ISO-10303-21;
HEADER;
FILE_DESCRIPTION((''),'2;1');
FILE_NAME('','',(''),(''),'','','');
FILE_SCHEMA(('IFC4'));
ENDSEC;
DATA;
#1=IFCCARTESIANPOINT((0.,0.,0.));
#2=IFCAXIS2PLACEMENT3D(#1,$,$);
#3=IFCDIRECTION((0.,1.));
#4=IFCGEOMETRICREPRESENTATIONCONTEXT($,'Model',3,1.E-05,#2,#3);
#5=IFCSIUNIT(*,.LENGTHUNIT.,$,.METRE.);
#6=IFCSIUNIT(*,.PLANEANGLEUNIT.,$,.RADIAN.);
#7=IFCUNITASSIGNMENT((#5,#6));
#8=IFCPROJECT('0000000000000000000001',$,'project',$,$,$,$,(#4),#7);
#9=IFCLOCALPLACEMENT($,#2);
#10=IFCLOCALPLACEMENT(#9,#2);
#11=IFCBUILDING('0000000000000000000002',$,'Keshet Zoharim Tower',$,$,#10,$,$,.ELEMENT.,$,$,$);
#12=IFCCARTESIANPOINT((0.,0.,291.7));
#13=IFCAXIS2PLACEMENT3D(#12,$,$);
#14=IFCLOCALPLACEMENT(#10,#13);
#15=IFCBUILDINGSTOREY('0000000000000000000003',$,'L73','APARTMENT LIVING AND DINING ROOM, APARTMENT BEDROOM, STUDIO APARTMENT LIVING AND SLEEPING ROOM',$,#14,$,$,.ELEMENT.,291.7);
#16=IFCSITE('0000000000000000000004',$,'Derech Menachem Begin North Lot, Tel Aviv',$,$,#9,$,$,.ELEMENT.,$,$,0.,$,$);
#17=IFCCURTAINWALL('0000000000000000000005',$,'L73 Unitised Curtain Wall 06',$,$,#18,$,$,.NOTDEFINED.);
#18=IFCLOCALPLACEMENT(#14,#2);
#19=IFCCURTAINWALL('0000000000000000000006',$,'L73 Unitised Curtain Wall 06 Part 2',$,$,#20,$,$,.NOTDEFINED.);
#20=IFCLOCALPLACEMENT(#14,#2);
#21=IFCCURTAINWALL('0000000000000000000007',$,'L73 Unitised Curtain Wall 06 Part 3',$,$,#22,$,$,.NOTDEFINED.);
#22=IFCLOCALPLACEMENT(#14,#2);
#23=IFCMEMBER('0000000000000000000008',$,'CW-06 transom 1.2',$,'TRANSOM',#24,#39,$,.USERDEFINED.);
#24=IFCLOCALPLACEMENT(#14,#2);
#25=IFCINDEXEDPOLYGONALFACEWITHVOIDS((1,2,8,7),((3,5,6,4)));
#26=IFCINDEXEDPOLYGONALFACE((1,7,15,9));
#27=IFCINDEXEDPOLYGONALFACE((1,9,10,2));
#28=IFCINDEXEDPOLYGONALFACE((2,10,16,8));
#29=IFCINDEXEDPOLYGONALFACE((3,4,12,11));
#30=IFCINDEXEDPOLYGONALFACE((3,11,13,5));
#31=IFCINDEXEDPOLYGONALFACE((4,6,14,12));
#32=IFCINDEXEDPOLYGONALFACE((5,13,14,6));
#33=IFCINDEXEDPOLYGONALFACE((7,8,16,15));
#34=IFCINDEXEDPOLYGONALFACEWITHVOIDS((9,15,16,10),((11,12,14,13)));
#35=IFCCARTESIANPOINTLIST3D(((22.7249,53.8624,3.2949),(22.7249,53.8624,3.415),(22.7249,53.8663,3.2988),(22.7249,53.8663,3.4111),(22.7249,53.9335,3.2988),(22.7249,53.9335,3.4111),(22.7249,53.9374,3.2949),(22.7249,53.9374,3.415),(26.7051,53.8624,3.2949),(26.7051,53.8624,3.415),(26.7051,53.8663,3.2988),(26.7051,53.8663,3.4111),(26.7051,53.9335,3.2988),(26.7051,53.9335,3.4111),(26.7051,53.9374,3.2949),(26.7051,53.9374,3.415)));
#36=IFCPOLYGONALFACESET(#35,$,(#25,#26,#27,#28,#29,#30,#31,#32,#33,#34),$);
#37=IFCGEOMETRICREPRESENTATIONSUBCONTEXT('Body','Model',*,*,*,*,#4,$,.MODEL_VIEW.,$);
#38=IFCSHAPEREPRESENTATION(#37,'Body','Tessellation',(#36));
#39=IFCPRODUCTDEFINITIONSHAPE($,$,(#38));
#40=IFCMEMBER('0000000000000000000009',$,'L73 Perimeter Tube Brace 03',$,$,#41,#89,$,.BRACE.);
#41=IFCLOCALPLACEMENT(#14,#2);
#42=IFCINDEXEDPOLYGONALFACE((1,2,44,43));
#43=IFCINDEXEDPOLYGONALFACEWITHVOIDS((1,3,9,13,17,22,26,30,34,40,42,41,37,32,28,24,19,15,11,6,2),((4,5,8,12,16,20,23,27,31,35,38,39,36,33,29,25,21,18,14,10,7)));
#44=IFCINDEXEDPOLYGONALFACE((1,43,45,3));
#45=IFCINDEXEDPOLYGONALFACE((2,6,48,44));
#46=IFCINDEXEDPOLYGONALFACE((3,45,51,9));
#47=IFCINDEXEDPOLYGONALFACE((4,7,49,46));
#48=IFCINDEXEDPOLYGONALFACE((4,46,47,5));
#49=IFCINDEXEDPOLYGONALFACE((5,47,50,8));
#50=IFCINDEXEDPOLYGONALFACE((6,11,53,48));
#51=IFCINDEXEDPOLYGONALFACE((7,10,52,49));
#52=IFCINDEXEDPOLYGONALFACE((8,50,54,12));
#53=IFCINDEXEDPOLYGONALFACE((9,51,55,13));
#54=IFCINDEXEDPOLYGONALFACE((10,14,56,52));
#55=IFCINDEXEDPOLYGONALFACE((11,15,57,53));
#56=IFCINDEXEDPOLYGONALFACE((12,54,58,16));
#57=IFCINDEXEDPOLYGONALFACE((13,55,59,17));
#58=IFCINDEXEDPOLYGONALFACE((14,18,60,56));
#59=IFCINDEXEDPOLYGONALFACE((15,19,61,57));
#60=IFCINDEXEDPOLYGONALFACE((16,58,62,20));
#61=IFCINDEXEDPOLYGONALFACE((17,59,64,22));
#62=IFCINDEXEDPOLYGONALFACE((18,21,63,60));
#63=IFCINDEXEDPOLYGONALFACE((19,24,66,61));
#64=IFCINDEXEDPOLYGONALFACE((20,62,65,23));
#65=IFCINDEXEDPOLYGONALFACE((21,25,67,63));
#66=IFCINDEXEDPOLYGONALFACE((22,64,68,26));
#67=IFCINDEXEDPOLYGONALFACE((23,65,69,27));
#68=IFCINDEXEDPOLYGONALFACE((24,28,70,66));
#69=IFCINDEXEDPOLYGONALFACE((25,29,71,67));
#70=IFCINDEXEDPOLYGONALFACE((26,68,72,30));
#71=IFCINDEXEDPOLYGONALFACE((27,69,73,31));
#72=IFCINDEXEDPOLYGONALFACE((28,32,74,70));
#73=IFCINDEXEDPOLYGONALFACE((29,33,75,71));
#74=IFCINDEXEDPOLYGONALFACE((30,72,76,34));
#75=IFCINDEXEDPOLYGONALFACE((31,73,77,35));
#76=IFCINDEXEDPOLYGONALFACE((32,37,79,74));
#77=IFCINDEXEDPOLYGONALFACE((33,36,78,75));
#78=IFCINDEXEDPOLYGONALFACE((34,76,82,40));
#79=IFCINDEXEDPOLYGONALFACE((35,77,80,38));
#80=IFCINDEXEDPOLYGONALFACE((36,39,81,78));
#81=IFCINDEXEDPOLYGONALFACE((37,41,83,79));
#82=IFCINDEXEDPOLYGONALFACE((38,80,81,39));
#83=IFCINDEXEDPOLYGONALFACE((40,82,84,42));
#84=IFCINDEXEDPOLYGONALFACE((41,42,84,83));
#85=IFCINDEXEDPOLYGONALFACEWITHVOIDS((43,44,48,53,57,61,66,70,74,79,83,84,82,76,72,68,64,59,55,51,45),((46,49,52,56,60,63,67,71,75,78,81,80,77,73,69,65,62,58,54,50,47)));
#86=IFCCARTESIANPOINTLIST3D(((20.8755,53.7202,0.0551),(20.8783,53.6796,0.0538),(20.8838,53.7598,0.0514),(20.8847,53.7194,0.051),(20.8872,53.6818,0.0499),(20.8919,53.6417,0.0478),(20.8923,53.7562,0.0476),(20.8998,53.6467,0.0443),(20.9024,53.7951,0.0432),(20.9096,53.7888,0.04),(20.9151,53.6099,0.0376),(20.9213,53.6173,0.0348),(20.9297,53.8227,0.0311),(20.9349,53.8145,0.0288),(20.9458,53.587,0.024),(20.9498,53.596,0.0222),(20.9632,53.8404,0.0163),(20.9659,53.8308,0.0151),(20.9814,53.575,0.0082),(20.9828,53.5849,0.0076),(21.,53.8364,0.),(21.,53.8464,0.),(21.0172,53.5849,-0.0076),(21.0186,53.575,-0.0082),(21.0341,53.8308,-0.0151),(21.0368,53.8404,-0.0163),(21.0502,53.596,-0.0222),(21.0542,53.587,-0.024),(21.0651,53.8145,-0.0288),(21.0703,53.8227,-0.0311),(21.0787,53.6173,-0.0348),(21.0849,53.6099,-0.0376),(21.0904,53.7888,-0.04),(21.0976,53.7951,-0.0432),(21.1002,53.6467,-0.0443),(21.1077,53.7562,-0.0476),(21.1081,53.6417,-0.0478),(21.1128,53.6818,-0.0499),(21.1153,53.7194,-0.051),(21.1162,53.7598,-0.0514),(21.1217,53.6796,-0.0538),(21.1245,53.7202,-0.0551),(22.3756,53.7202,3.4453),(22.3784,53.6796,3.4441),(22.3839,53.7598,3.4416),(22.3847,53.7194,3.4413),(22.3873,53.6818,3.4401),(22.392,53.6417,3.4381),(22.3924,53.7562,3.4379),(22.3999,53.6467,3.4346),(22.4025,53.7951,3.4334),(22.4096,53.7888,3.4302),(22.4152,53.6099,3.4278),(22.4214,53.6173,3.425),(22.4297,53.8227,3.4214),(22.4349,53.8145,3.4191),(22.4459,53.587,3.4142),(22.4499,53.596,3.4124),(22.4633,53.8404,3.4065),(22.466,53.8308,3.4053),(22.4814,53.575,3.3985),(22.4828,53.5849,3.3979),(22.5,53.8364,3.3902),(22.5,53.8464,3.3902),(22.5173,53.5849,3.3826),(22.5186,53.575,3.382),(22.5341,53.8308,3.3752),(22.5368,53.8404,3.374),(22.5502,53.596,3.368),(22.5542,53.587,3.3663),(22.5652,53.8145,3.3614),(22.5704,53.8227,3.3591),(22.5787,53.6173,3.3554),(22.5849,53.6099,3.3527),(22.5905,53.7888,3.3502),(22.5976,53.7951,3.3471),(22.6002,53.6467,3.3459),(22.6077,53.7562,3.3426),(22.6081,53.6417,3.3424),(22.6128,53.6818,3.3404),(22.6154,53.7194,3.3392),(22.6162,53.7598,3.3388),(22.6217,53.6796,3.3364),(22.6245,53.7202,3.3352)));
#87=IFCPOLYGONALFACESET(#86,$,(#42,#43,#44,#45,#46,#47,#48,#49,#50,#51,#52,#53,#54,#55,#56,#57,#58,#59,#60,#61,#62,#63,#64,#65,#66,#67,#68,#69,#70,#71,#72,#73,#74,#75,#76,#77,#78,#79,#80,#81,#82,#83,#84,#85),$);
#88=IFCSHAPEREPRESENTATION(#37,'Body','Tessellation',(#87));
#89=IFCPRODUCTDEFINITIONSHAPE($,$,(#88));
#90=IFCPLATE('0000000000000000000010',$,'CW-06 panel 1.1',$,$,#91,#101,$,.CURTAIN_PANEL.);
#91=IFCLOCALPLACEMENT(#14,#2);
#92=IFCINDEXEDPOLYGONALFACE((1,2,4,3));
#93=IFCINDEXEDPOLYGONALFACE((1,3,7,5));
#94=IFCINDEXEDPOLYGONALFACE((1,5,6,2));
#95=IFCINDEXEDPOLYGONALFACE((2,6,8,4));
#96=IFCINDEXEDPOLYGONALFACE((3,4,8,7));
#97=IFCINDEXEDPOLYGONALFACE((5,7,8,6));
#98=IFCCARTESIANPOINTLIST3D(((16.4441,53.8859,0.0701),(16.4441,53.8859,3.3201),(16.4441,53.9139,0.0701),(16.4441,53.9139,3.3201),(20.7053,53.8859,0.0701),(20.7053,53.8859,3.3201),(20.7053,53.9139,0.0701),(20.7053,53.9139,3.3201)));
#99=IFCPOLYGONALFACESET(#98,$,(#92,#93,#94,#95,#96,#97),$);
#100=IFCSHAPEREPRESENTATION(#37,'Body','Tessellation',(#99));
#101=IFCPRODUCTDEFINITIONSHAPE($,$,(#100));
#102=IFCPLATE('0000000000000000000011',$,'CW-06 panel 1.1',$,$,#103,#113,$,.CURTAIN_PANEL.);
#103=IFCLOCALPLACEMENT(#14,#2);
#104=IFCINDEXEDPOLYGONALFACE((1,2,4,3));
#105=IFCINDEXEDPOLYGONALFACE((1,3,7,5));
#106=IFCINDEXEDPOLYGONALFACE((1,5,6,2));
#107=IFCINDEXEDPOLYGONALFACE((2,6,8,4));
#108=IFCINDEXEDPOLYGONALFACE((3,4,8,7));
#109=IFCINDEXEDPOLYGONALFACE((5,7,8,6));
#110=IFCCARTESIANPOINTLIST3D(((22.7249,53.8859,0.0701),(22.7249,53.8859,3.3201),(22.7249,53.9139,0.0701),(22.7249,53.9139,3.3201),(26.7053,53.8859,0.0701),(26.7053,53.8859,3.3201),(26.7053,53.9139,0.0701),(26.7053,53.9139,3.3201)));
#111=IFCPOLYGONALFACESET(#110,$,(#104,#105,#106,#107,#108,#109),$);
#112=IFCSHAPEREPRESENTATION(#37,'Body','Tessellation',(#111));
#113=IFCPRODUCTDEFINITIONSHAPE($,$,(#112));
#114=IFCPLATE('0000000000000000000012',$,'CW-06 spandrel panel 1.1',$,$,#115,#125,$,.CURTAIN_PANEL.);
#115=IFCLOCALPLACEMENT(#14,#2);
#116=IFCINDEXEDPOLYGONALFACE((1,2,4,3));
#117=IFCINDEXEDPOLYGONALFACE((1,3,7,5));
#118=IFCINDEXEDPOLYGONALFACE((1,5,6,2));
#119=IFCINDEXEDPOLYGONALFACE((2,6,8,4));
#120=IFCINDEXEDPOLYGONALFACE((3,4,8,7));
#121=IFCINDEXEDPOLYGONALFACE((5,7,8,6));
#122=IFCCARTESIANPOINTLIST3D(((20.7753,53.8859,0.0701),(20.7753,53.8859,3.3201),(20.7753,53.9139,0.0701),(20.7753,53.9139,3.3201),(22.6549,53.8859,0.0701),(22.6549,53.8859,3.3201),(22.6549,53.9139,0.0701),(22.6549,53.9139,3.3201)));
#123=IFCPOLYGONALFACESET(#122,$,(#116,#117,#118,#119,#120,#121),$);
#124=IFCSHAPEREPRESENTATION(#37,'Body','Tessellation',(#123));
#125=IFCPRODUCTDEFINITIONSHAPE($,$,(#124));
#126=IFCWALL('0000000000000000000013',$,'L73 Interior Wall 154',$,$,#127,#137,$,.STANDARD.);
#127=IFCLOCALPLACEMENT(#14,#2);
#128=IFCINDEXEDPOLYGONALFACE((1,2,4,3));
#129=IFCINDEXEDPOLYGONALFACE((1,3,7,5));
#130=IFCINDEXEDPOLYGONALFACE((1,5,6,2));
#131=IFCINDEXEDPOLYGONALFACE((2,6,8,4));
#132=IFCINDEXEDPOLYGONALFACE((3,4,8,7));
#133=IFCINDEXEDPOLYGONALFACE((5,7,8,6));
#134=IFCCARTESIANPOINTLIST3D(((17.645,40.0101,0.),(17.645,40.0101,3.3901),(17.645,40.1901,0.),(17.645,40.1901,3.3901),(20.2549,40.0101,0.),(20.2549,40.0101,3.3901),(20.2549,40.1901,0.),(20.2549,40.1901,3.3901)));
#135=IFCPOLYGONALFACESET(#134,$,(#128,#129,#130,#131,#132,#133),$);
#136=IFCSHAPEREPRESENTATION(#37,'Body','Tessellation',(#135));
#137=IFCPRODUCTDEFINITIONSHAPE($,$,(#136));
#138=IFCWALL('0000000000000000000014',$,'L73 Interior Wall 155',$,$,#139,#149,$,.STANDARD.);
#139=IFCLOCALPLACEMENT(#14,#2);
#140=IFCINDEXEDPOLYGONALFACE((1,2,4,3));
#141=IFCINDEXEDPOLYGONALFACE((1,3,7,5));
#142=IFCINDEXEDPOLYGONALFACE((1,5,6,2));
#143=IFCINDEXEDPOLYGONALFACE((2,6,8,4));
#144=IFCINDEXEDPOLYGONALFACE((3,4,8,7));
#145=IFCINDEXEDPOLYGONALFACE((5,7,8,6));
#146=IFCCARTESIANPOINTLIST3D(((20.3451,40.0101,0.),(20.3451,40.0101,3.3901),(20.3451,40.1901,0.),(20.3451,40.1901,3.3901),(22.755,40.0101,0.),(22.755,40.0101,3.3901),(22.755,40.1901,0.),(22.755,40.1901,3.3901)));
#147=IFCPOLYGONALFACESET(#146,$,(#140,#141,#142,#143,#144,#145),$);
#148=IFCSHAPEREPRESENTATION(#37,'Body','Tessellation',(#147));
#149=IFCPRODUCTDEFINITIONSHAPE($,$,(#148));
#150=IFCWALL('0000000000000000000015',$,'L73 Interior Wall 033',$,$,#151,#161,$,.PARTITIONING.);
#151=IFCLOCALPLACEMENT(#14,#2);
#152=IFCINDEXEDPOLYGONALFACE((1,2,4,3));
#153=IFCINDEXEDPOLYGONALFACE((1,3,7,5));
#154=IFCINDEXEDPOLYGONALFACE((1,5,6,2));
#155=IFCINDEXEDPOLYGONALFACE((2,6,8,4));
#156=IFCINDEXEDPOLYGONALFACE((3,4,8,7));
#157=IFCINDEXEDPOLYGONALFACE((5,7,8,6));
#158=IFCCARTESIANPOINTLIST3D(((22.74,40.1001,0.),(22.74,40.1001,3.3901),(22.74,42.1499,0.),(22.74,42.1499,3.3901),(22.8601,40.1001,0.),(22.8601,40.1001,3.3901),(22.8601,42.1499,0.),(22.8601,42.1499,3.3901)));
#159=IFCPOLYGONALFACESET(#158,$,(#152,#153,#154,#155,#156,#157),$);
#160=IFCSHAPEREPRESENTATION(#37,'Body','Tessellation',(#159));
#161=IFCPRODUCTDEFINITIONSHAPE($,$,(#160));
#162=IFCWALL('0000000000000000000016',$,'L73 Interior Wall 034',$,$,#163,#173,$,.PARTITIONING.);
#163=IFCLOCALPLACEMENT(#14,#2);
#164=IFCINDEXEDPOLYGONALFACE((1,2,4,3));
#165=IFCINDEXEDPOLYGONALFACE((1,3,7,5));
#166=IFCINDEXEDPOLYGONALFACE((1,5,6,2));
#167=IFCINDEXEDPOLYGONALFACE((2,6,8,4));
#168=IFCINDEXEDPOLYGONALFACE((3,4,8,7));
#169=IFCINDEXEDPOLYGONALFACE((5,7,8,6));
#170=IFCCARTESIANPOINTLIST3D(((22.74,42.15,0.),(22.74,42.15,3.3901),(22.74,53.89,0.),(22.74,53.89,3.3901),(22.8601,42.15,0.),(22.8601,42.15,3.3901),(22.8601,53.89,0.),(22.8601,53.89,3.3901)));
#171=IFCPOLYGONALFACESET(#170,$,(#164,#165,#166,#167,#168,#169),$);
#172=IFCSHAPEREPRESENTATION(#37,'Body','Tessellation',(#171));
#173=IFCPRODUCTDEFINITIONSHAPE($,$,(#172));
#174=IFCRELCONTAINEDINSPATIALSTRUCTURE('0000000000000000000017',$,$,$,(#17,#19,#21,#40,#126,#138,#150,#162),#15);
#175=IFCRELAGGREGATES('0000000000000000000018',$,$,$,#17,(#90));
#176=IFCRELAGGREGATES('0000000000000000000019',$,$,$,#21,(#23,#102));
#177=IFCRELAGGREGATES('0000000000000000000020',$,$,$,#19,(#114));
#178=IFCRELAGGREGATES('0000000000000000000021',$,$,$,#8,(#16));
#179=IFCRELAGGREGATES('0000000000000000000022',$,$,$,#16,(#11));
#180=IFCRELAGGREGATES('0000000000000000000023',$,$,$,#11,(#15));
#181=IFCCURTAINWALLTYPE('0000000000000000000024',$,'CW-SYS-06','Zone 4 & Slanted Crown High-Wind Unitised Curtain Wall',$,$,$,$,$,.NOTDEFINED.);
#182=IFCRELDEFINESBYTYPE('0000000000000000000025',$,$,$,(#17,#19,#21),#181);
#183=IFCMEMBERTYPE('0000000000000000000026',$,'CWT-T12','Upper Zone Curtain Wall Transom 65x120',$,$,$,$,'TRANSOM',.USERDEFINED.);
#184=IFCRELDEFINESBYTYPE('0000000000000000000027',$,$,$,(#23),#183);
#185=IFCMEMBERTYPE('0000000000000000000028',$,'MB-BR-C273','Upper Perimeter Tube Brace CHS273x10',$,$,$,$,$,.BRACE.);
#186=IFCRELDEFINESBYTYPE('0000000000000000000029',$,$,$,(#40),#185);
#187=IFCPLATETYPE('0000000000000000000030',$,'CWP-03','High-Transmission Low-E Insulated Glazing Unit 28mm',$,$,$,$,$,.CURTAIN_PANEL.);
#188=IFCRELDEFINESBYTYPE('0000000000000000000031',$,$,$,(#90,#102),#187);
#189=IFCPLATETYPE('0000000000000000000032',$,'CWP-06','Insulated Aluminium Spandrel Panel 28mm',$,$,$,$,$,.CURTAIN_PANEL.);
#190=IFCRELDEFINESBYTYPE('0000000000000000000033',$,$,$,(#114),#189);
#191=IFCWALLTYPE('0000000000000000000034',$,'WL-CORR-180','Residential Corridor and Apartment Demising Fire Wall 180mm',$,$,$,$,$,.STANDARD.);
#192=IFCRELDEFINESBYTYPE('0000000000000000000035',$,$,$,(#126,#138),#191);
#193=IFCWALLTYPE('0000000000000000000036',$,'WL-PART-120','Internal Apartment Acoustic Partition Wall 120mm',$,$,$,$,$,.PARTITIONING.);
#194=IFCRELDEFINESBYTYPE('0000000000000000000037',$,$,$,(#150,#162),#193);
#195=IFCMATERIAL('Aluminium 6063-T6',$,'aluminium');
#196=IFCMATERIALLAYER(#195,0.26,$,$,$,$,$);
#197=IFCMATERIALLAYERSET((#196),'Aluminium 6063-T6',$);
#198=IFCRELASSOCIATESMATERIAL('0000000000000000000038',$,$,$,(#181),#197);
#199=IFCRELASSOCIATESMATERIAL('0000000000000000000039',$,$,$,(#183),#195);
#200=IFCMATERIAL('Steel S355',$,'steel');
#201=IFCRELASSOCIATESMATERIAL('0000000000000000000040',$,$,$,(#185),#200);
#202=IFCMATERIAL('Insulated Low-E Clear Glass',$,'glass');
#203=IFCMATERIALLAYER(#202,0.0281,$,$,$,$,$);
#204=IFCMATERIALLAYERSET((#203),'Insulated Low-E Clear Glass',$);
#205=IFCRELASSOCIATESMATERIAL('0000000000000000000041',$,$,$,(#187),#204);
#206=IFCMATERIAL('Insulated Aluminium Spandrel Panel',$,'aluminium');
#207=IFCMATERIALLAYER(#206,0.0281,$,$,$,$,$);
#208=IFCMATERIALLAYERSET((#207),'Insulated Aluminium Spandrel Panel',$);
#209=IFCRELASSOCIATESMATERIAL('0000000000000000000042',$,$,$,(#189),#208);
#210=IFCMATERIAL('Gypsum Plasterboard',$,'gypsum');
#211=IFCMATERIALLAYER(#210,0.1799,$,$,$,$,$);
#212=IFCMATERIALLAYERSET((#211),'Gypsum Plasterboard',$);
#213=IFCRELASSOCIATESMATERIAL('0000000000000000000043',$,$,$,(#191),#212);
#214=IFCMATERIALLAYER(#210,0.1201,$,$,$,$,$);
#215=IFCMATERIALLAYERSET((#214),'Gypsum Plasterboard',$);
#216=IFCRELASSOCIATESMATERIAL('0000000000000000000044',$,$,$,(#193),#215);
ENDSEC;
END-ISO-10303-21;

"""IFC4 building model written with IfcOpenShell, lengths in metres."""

from ifc_helpers import new_model, si_unit, direction, frame, frame_2d, origin, origin_2d, place, context, subcontext, project, spatial, rectangle, hollow_rectangle, hollow_circle, extrude, material, layer, layer_set, material_profile, profile_set, type_object, element, aggregate, save


model = new_model("IFC4")

# Units and contexts
model_context = context("Model", 3, precision=1e-05, world=origin(), true_north=direction((0.0, 1.0)))
body_context = subcontext(model_context, "Body", "Model", "MODEL_VIEW")
ifc_project = project(units=[si_unit("LENGTHUNIT", "METRE"), si_unit("PLANEANGLEUNIT", "RADIAN")], contexts=[model_context])

# Site, building, storey
site_placement = place(None, origin())
site = spatial("IfcSite", under=ifc_project, at=site_placement, Name="Derech Menachem Begin North Lot, Tel Aviv", CompositionType="ELEMENT", RefElevation=0.0)
building_placement = place(site_placement, origin())
building = spatial("IfcBuilding", under=site, at=building_placement, Name="Keshet Zoharim Tower", CompositionType="ELEMENT")
storey_placement = place(building_placement, frame((0.0, 0.0, 291.7)))
storey = spatial("IfcBuildingStorey", under=building, at=storey_placement, Name="L73", Description="APARTMENT LIVING AND DINING ROOM, APARTMENT BEDROOM, STUDIO APARTMENT LIVING AND SLEEPING ROOM", CompositionType="ELEMENT", Elevation=291.7)

# Shared definitions
ifc_material_1 = material(Name="Steel S355", Category="steel")

# Curtain wall
ifc_material_2 = material(Name="Aluminium 6063-T6", Category="aluminium")
ifc_layer_1 = layer(ifc_material_2, 0.26)
ifc_layer_set_1 = layer_set([ifc_layer_1], Name="Aluminium 6063-T6")
curtain_wall_type = type_object("IfcCurtainWallType", Name="CW-SYS-06", Description="Zone 4 & Slanted Crown High-Wind Unitised Curtain Wall", PredefinedType="NOTDEFINED", material=ifc_layer_set_1)
curtain_wall_1_placement = place(storey_placement, origin())
curtain_wall_1 = element("IfcCurtainWall", 1, at=curtain_wall_1_placement, inside=storey, type_object=curtain_wall_type, Name="L73 Unitised Curtain Wall 06", PredefinedType="NOTDEFINED")

# Curtain walls, member
curtain_wall_2_placement = place(storey_placement, origin())
curtain_wall_2 = element("IfcCurtainWall", 2, at=curtain_wall_2_placement, inside=storey, type_object=curtain_wall_type, Name="L73 Unitised Curtain Wall 06 Part 2", PredefinedType="NOTDEFINED")
ifc_material_profile_1 = material_profile(ifc_material_2, hollow_rectangle(XDim=0.075, YDim=0.1201, WallThickness=0.0039, at=origin_2d()), Name="TRN-75x120")
ifc_profile_set_1 = profile_set([ifc_material_profile_1], Name="Aluminium 6063-T6")
member_type_1 = type_object("IfcMemberType", Name="CWT-T12", Description="Upper Zone Curtain Wall Transom 65x120", ElementType="TRANSOM", PredefinedType="USERDEFINED", material=ifc_profile_set_1)
curtain_wall_3_placement = place(storey_placement, origin())
curtain_wall_3 = element("IfcCurtainWall", 3, at=curtain_wall_3_placement, inside=storey, type_object=curtain_wall_type, Name="L73 Unitised Curtain Wall 06 Part 3", PredefinedType="NOTDEFINED")
member_1_placement = place(storey_placement, frame((22.7249, 53.8999, 3.355), z_axis=(1.0, 0.0, 0.0), x_axis=(0.0, 1.0, 0.0)))
member_1 = element("IfcMember", 4, at=member_1_placement, type_object=member_type_1, Name="CW-06 transom 1.2", ObjectType="TRANSOM", PredefinedType="USERDEFINED", context=body_context, shape_type="SweptSolid", body=[
    extrude(hollow_rectangle(XDim=0.075, YDim=0.1201, WallThickness=0.0039, at=origin_2d()), origin(), (0.0, 0.0, 1.0), 3.9802),
])

# Member
ifc_material_profile_2 = material_profile(ifc_material_1, hollow_circle(Radius=0.1365, WallThickness=0.01, at=origin_2d()), Name="CHS273x10")
ifc_profile_set_2 = profile_set([ifc_material_profile_2], Name="Steel S355")
member_type_2 = type_object("IfcMemberType", Name="MB-BR-C273", Description="Upper Perimeter Tube Brace CHS273x10", PredefinedType="BRACE", material=ifc_profile_set_2)
member_2_placement = place(storey_placement, frame((21.0, 53.71, 0.0), z_axis=(0.404623, 0.0, 0.914484), x_axis=(0.0, 1.0, 0.0)))
element("IfcMember", 5, at=member_2_placement, inside=storey, type_object=member_type_2, Name="L73 Perimeter Tube Brace 03", PredefinedType="BRACE", context=body_context, shape_type="SweptSolid", body=[
    extrude(hollow_circle(Radius=0.1365, WallThickness=0.01, at=origin_2d()), origin(), (0.0, 0.0, 1.0), 3.7073),
])

# Plates
ifc_material_3 = material(Name="Insulated Low-E Clear Glass", Category="glass")
ifc_layer_2 = layer(ifc_material_3, 0.0281)
ifc_layer_set_2 = layer_set([ifc_layer_2], Name="Insulated Low-E Clear Glass")
plate_type_1 = type_object("IfcPlateType", Name="CWP-03", Description="High-Transmission Low-E Insulated Glazing Unit 28mm", PredefinedType="CURTAIN_PANEL", material=ifc_layer_set_2)
plate_1_placement = place(storey_placement, frame((18.5747, 53.8999, 0.0701), z_axis=(0.0, 0.0, 1.0), x_axis=(1.0, 0.0, 0.0)))
plate_1 = element("IfcPlate", 6, at=plate_1_placement, type_object=plate_type_1, Name="CW-06 panel 1.1", PredefinedType="CURTAIN_PANEL", context=body_context, shape_type="SweptSolid", body=[
    extrude(rectangle(XDim=4.2612, YDim=0.0281, at=origin_2d()), origin(), (0.0, 0.0, 1.0), 3.25),
])
aggregate(curtain_wall_1, [plate_1])
plate_2_placement = place(storey_placement, frame((24.7151, 53.8999, 0.0701), z_axis=(0.0, 0.0, 1.0), x_axis=(1.0, 0.0, 0.0)))
plate_2 = element("IfcPlate", 7, at=plate_2_placement, type_object=plate_type_1, Name="CW-06 panel 1.1", PredefinedType="CURTAIN_PANEL", context=body_context, shape_type="SweptSolid", body=[
    extrude(rectangle(XDim=3.9805, YDim=0.0281, at=origin_2d()), origin(), (0.0, 0.0, 1.0), 3.25),
])
aggregate(curtain_wall_3, [member_1, plate_2])
ifc_material_4 = material(Name="Insulated Aluminium Spandrel Panel", Category="aluminium")
ifc_layer_3 = layer(ifc_material_4, 0.0281)
ifc_layer_set_3 = layer_set([ifc_layer_3], Name="Insulated Aluminium Spandrel Panel")
plate_type_2 = type_object("IfcPlateType", Name="CWP-06", Description="Insulated Aluminium Spandrel Panel 28mm", PredefinedType="CURTAIN_PANEL", material=ifc_layer_set_3)
plate_3_placement = place(storey_placement, frame((21.7151, 53.8999, 0.0701), z_axis=(0.0, 0.0, 1.0), x_axis=(1.0, 0.0, 0.0)))
plate_3 = element("IfcPlate", 8, at=plate_3_placement, type_object=plate_type_2, Name="CW-06 spandrel panel 1.1", PredefinedType="CURTAIN_PANEL", context=body_context, shape_type="SweptSolid", body=[
    extrude(rectangle(XDim=1.8796, YDim=0.0281, at=origin_2d()), origin(), (0.0, 0.0, 1.0), 3.25),
])
aggregate(curtain_wall_2, [plate_3])

# Walls
ifc_material_5 = material(Name="Gypsum Plasterboard", Category="gypsum")
ifc_layer_4 = layer(ifc_material_5, 0.1799)
ifc_layer_set_4 = layer_set([ifc_layer_4], Name="Gypsum Plasterboard")
wall_type_1 = type_object("IfcWallType", Name="WL-CORR-180", Description="Residential Corridor and Apartment Demising Fire Wall 180mm", PredefinedType="STANDARD", material=ifc_layer_set_4)
wall_1_placement = place(storey_placement, frame((17.645, 40.1001, 0.0), z_axis=(0.0, 0.0, 1.0), x_axis=(1.0, 0.0, 0.0)))
element("IfcWall", 9, at=wall_1_placement, inside=storey, type_object=wall_type_1, Name="L73 Interior Wall 154", PredefinedType="STANDARD", context=body_context, shape_type="SweptSolid", body=[
    extrude(rectangle(XDim=2.6099, YDim=0.1799, at=frame_2d((1.3049, 0.0))), origin(), (0.0, 0.0, 1.0), 3.3901),
])
wall_2_placement = place(storey_placement, frame((20.345, 40.1001, 0.0), z_axis=(0.0, 0.0, 1.0), x_axis=(1.0, 0.0, 0.0)))
element("IfcWall", 10, at=wall_2_placement, inside=storey, type_object=wall_type_1, Name="L73 Interior Wall 155", PredefinedType="STANDARD", context=body_context, shape_type="SweptSolid", body=[
    extrude(rectangle(XDim=2.4099, YDim=0.1799, at=frame_2d((1.2051, 0.0))), origin(), (0.0, 0.0, 1.0), 3.3901),
])

# Shared definitions
ifc_layer_5 = layer(ifc_material_5, 0.1201)
ifc_layer_set_5 = layer_set([ifc_layer_5], Name="Gypsum Plasterboard")
wall_type_2 = type_object("IfcWallType", Name="WL-PART-120", Description="Internal Apartment Acoustic Partition Wall 120mm", PredefinedType="PARTITIONING", material=ifc_layer_set_5)

# Walls
wall_3_placement = place(storey_placement, frame((22.8, 40.1001, 0.0), z_axis=(0.0, 0.0, 1.0), x_axis=(0.0, 1.0, 0.0)))
element("IfcWall", 11, at=wall_3_placement, inside=storey, type_object=wall_type_2, Name="L73 Interior Wall 033", PredefinedType="PARTITIONING", context=body_context, shape_type="SweptSolid", body=[
    extrude(rectangle(XDim=2.0498, YDim=0.1201, at=frame_2d((1.0249, 0.0))), origin(), (0.0, 0.0, 1.0), 3.3901),
])
wall_4_placement = place(storey_placement, frame((22.8, 42.1499, 0.0), z_axis=(0.0, 0.0, 1.0), x_axis=(0.0, 1.0, 0.0)))
element("IfcWall", 12, at=wall_4_placement, inside=storey, type_object=wall_type_2, Name="L73 Interior Wall 034", PredefinedType="PARTITIONING", context=body_context, shape_type="SweptSolid", body=[
    extrude(rectangle(XDim=11.74, YDim=0.1201, at=frame_2d((5.8701, 0.0))), origin(), (0.0, 0.0, 1.0), 3.3901),
])

save(model, "model.ifc")
